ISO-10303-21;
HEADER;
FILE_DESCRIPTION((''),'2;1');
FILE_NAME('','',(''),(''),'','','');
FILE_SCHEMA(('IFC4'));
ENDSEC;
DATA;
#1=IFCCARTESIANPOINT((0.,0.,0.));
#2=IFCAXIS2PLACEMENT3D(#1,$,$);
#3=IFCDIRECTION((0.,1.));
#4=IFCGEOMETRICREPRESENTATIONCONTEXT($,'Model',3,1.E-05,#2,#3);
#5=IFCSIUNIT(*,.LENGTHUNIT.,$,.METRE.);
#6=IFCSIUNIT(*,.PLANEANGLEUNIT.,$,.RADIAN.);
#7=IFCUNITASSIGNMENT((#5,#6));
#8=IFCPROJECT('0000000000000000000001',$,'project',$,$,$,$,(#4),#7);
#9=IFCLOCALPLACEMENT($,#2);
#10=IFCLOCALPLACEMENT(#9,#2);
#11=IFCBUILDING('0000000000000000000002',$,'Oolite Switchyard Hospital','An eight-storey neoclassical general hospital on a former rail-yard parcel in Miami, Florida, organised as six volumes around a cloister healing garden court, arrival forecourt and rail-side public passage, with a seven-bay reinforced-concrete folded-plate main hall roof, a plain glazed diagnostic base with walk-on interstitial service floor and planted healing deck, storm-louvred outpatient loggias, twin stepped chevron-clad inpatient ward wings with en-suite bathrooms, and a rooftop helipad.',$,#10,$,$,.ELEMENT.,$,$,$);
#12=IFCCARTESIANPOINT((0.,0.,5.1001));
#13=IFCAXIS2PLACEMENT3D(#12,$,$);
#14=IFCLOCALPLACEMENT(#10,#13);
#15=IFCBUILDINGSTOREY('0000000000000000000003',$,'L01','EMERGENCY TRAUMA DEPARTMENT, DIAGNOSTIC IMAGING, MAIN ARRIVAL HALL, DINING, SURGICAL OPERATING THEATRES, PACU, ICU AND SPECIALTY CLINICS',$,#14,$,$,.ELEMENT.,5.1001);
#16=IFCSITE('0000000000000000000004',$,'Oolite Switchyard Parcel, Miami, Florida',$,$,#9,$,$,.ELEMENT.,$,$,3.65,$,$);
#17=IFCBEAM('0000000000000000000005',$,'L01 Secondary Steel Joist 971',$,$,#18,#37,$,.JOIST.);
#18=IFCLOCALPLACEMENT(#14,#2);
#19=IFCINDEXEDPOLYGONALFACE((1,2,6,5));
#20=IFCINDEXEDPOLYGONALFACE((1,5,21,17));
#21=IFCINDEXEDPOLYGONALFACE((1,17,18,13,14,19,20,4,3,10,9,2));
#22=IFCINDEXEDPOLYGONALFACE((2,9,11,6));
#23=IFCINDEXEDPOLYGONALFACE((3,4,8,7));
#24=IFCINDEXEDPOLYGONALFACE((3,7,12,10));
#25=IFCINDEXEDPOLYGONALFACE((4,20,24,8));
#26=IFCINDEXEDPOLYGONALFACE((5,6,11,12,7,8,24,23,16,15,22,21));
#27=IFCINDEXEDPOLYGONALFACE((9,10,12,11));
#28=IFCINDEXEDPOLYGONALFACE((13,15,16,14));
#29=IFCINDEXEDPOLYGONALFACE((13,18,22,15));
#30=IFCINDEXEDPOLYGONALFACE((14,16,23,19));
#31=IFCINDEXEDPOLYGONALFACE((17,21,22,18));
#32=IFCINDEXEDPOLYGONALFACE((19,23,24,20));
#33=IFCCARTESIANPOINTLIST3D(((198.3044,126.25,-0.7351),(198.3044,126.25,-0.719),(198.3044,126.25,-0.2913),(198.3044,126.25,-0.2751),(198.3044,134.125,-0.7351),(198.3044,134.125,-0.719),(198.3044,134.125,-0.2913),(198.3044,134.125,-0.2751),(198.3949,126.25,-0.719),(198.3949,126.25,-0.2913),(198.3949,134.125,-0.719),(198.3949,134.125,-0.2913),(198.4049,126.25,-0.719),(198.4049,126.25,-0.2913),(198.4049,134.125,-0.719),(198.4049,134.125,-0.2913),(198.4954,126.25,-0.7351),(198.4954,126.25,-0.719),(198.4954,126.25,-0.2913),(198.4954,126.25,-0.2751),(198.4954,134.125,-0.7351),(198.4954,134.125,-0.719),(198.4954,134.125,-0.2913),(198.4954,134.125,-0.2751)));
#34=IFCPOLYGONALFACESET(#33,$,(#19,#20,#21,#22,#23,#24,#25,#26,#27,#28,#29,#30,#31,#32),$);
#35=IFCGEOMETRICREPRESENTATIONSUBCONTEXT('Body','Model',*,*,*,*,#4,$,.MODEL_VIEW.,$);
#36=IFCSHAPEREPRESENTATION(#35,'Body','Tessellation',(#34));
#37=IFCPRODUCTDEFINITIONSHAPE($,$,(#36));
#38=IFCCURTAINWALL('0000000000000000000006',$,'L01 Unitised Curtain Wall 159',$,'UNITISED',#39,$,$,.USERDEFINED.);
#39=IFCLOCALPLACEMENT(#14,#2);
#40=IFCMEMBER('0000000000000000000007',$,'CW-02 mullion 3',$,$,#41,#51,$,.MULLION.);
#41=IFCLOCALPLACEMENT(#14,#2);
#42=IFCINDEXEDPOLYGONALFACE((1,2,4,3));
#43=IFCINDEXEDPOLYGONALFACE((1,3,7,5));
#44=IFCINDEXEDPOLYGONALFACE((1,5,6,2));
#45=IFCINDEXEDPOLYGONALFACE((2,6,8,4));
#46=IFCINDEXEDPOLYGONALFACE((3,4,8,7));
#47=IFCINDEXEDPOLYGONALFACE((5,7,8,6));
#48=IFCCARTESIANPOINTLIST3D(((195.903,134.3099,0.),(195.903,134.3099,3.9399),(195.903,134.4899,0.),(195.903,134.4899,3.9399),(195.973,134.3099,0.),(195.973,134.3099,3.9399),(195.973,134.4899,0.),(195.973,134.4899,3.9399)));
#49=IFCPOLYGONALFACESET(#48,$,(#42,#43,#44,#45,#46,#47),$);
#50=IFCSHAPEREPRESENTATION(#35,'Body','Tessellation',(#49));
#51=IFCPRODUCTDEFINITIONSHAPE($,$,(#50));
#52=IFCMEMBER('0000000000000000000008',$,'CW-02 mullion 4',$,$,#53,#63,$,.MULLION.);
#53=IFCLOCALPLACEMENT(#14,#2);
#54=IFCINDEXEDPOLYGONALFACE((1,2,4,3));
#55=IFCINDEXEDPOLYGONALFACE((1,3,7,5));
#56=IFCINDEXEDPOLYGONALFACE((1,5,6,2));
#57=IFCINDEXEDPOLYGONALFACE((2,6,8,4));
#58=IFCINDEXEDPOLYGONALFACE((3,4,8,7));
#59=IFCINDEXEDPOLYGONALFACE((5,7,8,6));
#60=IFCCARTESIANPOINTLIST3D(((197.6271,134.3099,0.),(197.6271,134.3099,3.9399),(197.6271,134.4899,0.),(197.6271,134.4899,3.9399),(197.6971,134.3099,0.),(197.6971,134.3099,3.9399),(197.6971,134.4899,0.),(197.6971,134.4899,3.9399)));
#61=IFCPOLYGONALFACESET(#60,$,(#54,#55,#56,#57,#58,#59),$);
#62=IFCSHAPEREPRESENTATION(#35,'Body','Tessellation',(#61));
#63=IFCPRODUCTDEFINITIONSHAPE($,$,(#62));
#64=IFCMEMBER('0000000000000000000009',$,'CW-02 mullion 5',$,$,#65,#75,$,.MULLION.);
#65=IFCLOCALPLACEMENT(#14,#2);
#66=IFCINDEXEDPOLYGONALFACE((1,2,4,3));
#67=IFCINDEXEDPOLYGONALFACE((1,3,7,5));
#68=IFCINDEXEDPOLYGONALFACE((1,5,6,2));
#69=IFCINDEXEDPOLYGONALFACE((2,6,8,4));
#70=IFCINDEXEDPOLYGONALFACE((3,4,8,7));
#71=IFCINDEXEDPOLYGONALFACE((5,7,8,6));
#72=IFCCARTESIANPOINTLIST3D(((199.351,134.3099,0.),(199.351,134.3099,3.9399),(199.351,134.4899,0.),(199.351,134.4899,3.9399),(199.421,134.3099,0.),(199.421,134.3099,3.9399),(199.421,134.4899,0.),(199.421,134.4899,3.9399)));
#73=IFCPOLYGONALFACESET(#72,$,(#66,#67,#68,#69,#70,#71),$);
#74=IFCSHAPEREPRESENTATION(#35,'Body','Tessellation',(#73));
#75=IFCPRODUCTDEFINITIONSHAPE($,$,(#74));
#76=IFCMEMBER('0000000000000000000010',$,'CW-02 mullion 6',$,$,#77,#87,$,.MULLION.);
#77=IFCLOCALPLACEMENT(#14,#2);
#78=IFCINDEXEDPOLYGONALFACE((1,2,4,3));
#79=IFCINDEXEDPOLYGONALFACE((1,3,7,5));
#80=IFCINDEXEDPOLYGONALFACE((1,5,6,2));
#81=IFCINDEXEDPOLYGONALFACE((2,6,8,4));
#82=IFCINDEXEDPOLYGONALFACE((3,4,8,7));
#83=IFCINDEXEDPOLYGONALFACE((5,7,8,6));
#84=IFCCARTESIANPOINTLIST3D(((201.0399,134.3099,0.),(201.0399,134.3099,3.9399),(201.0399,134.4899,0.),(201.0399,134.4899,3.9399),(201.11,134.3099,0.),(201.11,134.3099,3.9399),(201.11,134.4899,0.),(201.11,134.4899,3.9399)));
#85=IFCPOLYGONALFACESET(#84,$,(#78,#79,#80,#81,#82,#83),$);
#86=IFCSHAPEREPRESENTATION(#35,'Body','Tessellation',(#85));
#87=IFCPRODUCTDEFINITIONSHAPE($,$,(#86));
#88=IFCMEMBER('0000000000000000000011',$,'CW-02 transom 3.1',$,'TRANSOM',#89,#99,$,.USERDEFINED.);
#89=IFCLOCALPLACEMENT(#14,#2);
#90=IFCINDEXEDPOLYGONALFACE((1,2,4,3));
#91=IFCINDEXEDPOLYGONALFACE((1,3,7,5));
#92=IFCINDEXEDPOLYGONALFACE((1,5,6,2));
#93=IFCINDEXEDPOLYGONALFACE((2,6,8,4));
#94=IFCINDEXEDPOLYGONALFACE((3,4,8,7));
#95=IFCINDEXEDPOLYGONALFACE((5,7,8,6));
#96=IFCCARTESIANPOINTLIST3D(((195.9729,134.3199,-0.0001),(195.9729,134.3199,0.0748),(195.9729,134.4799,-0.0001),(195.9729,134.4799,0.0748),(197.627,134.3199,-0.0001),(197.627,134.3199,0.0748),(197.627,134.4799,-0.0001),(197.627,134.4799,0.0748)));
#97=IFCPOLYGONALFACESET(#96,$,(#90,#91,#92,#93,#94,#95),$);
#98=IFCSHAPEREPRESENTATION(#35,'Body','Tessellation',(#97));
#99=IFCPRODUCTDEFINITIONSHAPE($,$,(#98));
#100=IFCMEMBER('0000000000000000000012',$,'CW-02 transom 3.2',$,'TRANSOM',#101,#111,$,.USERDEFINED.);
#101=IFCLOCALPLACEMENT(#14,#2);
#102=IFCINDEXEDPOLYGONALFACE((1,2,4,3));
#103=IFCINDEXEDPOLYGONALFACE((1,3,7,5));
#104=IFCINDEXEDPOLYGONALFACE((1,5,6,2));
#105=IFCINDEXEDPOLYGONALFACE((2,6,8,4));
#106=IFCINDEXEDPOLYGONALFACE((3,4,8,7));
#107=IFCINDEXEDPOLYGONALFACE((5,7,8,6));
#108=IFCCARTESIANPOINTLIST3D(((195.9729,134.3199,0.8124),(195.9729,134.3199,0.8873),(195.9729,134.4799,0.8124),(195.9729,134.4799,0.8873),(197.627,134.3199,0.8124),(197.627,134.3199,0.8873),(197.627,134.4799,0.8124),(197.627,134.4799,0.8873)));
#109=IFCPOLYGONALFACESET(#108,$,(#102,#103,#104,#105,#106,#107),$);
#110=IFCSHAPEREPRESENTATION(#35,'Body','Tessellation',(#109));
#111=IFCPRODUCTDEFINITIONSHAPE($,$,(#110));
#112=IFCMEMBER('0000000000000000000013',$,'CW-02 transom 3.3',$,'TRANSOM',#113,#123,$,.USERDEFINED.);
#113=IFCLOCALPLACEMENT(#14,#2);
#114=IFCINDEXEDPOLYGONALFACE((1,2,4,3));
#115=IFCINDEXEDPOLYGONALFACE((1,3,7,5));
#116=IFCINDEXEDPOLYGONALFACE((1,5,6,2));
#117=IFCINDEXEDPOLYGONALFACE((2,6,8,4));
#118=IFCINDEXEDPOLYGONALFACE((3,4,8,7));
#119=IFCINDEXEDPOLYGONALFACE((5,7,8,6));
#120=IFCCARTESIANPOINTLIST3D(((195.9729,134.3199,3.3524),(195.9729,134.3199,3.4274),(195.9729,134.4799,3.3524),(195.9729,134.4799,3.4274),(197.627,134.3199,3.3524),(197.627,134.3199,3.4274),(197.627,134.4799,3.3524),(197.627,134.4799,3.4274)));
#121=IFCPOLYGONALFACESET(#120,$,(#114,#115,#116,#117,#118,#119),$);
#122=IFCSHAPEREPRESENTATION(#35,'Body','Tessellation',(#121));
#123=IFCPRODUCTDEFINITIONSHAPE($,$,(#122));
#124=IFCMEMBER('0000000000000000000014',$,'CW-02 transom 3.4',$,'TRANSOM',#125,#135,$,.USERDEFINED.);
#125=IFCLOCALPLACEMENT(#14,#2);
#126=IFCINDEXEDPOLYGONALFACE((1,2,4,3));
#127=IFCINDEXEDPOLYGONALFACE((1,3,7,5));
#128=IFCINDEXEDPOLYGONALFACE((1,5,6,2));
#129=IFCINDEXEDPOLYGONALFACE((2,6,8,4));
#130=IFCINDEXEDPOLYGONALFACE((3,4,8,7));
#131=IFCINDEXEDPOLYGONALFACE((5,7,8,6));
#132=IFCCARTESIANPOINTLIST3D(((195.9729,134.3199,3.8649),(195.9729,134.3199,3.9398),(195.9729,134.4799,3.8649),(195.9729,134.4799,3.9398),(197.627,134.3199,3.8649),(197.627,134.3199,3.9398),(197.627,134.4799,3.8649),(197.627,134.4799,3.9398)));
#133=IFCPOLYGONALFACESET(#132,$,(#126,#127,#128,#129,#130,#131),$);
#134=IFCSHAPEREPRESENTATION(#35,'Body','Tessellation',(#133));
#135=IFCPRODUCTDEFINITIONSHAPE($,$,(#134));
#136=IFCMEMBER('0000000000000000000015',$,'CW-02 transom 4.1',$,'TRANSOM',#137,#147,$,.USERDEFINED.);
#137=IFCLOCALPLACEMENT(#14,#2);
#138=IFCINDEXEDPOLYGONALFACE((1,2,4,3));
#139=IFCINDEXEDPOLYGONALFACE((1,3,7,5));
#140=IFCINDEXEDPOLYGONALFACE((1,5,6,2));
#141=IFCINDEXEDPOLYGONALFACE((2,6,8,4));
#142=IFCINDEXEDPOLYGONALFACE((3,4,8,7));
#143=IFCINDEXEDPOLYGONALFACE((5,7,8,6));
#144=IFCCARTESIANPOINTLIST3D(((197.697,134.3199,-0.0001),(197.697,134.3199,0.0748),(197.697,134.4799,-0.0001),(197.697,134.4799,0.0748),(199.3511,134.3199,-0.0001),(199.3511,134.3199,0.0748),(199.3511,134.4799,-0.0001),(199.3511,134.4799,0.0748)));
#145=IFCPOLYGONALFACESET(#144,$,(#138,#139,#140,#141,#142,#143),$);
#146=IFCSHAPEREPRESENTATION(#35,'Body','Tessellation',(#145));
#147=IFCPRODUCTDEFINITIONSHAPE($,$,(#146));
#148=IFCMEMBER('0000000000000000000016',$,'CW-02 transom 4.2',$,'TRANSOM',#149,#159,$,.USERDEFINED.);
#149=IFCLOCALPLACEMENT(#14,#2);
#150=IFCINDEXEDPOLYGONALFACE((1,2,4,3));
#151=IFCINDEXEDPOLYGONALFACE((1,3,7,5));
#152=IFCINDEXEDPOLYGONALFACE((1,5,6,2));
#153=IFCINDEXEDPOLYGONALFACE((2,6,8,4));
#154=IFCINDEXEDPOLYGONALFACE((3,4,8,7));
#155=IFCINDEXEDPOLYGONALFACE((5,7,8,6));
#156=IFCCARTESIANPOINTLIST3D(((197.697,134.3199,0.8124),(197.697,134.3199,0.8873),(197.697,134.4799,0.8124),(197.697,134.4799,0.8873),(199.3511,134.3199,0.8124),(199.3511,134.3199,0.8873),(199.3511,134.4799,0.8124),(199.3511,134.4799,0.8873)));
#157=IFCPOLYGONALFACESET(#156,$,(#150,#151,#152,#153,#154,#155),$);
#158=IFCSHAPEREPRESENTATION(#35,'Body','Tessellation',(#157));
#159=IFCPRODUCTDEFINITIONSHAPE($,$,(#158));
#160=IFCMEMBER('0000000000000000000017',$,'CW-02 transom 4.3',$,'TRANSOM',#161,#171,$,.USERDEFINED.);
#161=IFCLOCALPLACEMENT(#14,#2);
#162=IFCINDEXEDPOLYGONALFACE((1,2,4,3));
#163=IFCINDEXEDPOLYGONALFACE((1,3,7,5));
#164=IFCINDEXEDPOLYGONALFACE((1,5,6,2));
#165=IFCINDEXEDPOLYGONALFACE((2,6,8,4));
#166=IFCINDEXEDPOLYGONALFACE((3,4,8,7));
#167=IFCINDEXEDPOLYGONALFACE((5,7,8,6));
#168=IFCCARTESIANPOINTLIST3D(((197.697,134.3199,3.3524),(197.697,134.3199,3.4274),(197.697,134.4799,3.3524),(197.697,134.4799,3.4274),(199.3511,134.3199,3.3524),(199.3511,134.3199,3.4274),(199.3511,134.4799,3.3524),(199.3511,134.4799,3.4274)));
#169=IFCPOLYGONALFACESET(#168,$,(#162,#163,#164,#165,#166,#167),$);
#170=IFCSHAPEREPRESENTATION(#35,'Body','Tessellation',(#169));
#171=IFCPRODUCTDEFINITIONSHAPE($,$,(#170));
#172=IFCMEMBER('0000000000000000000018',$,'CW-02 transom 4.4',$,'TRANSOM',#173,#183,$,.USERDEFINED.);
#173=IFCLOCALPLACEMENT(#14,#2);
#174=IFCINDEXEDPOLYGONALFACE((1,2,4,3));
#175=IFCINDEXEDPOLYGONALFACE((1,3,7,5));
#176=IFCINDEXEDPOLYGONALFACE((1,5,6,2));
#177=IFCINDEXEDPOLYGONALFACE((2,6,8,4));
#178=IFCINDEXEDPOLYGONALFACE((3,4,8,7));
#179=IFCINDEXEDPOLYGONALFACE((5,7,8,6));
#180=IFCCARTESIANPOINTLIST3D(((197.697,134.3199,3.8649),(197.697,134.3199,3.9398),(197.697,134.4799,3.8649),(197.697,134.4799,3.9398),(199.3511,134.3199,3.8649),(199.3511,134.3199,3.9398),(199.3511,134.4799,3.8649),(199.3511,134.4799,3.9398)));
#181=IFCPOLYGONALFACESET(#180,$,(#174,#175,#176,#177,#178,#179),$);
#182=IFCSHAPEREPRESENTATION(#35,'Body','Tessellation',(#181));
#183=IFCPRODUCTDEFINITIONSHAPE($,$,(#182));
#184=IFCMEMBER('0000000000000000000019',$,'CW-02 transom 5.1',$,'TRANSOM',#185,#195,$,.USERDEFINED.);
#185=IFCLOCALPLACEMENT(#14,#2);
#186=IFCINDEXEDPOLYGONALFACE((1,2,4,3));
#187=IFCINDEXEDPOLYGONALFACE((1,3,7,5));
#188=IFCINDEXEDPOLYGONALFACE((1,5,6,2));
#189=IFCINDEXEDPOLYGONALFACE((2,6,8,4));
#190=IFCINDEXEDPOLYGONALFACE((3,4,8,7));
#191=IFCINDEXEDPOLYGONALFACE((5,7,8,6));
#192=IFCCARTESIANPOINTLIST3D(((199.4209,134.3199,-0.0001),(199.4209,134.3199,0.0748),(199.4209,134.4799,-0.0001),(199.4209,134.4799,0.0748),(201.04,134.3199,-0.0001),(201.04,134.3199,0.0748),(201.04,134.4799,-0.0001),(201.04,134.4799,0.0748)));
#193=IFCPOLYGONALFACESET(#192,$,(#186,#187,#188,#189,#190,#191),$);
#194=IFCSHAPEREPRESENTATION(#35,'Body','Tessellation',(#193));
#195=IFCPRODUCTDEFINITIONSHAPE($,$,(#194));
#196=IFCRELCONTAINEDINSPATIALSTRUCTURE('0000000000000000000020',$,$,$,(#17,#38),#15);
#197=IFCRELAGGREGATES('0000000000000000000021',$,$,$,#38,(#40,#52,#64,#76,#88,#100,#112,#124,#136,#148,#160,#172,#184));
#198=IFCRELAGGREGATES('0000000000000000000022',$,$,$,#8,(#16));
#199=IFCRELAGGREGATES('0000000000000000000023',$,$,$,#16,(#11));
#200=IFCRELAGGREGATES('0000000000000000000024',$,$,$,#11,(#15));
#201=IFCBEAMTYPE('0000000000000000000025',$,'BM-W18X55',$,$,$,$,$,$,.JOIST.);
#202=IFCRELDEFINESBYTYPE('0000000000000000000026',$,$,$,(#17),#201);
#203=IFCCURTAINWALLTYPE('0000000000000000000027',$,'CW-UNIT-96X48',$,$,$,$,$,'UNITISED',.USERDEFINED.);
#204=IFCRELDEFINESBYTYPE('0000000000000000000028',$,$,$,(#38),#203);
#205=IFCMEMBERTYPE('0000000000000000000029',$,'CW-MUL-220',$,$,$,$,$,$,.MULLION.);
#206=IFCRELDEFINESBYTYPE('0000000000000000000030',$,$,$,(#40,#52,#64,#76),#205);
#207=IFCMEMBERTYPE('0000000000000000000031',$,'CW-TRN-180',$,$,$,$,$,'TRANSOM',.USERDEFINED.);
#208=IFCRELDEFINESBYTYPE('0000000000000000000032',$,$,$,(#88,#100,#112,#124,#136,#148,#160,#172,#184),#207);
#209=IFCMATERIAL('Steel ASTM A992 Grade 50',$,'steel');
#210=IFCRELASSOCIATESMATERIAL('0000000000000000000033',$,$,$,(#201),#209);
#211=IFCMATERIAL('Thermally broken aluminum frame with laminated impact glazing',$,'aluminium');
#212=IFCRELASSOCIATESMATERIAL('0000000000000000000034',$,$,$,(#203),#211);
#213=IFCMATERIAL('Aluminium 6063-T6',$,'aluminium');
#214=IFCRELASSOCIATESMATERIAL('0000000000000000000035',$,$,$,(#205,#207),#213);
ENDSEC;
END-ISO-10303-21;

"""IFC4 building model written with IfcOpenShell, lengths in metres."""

from ifc_helpers import new_model, si_unit, direction, frame, origin, origin_2d, place, context, subcontext, project, spatial, rectangle, i_section, extrude, material, material_profile, profile_set, type_object, element, aggregate, save


model = new_model("IFC4")

# Units and contexts
model_context = context("Model", 3, precision=1e-05, world=origin(), true_north=direction((0.0, 1.0)))
body_context = subcontext(model_context, "Body", "Model", "MODEL_VIEW")
ifc_project = project(units=[si_unit("LENGTHUNIT", "METRE"), si_unit("PLANEANGLEUNIT", "RADIAN")], contexts=[model_context])

# Site, building, storey
site_placement = place(None, origin())
site = spatial("IfcSite", under=ifc_project, at=site_placement, Name="Oolite Switchyard Parcel, Miami, Florida", CompositionType="ELEMENT", RefElevation=3.65)
building_placement = place(site_placement, origin())
building = spatial("IfcBuilding", under=site, at=building_placement, Name="Oolite Switchyard Hospital", Description="An eight-storey neoclassical general hospital on a former rail-yard parcel in Miami, Florida, organised as six volumes around a cloister healing garden court, arrival forecourt and rail-side public passage, with a seven-bay reinforced-concrete folded-plate main hall roof, a plain glazed diagnostic base with walk-on interstitial service floor and planted healing deck, storm-louvred outpatient loggias, twin stepped chevron-clad inpatient ward wings with en-suite bathrooms, and a rooftop helipad.", CompositionType="ELEMENT")
storey_placement = place(building_placement, frame((0.0, 0.0, 5.1001)))
storey = spatial("IfcBuildingStorey", under=building, at=storey_placement, Name="L01", Description="EMERGENCY TRAUMA DEPARTMENT, DIAGNOSTIC IMAGING, MAIN ARRIVAL HALL, DINING, SURGICAL OPERATING THEATRES, PACU, ICU AND SPECIALTY CLINICS", CompositionType="ELEMENT", Elevation=5.1001)

# Beam
ifc_material_1 = material(Name="Steel ASTM A992 Grade 50", Category="steel")
ifc_material_profile_1 = material_profile(ifc_material_1, i_section(OverallWidth=0.1909, OverallDepth=0.46, WebThickness=0.01, FlangeThickness=0.0161, at=origin_2d()), Name="W18X55")
ifc_profile_set_1 = profile_set([ifc_material_profile_1], Name="Steel ASTM A992 Grade 50")
beam_type = type_object("IfcBeamType", Name="BM-W18X55", PredefinedType="JOIST", material=ifc_profile_set_1)
beam_placement = place(storey_placement, frame((198.3999, 126.25, -0.5051), z_axis=(0.0, 1.0, 0.0), x_axis=(-1.0, 0.0, 0.0)))
element("IfcBeam", 1, at=beam_placement, inside=storey, type_object=beam_type, Name="L01 Secondary Steel Joist 971", PredefinedType="JOIST", context=body_context, shape_type="SweptSolid", body=[
    extrude(i_section(OverallWidth=0.1909, OverallDepth=0.46, WebThickness=0.01, FlangeThickness=0.0161, at=origin_2d()), origin(), (0.0, 0.0, 1.0), 7.875),
])

# Curtain wall, members
ifc_material_2 = material(Name="Thermally broken aluminum frame with laminated impact glazing", Category="aluminium")
curtain_wall_type = type_object("IfcCurtainWallType", Name="CW-UNIT-96X48", ElementType="UNITISED", PredefinedType="USERDEFINED", material=ifc_material_2)
curtain_wall_placement = place(storey_placement, origin())
curtain_wall = element("IfcCurtainWall", 2, at=curtain_wall_placement, inside=storey, type_object=curtain_wall_type, Name="L01 Unitised Curtain Wall 159", ObjectType="UNITISED", PredefinedType="USERDEFINED")
ifc_material_3 = material(Name="Aluminium 6063-T6", Category="aluminium")
ifc_material_profile_2 = material_profile(ifc_material_3, rectangle(XDim=0.1799, YDim=0.0701, at=origin_2d()), Name="CWM70X180")
ifc_profile_set_2 = profile_set([ifc_material_profile_2], Name="Aluminium 6063-T6")
member_type_1 = type_object("IfcMemberType", Name="CW-MUL-220", PredefinedType="MULLION", material=ifc_profile_set_2)
member_1_placement = place(storey_placement, frame((195.938, 134.3999, 0.0), z_axis=(0.0, 0.0, 1.0), x_axis=(0.0, 1.0, 0.0)))
member_1 = element("IfcMember", 3, at=member_1_placement, type_object=member_type_1, Name="CW-02 mullion 3", PredefinedType="MULLION", context=body_context, shape_type="SweptSolid", body=[
    extrude(rectangle(XDim=0.1799, YDim=0.0701, at=origin_2d()), origin(), (0.0, 0.0, 1.0), 3.9399),
])
member_2_placement = place(storey_placement, frame((197.6621, 134.3999, 0.0), z_axis=(0.0, 0.0, 1.0), x_axis=(0.0, 1.0, 0.0)))
member_2 = element("IfcMember", 4, at=member_2_placement, type_object=member_type_1, Name="CW-02 mullion 4", PredefinedType="MULLION", context=body_context, shape_type="SweptSolid", body=[
    extrude(rectangle(XDim=0.1799, YDim=0.0701, at=origin_2d()), origin(), (0.0, 0.0, 1.0), 3.9399),
])
member_3_placement = place(storey_placement, frame((199.386, 134.3999, 0.0), z_axis=(0.0, 0.0, 1.0), x_axis=(0.0, 1.0, 0.0)))
member_3 = element("IfcMember", 5, at=member_3_placement, type_object=member_type_1, Name="CW-02 mullion 5", PredefinedType="MULLION", context=body_context, shape_type="SweptSolid", body=[
    extrude(rectangle(XDim=0.1799, YDim=0.0701, at=origin_2d()), origin(), (0.0, 0.0, 1.0), 3.9399),
])
member_4_placement = place(storey_placement, frame((201.075, 134.3999, 0.0), z_axis=(0.0, 0.0, 1.0), x_axis=(0.0, 1.0, 0.0)))
member_4 = element("IfcMember", 6, at=member_4_placement, type_object=member_type_1, Name="CW-02 mullion 6", PredefinedType="MULLION", context=body_context, shape_type="SweptSolid", body=[
    extrude(rectangle(XDim=0.1799, YDim=0.0701, at=origin_2d()), origin(), (0.0, 0.0, 1.0), 3.9399),
])
ifc_material_profile_3 = material_profile(ifc_material_3, rectangle(XDim=0.1599, YDim=0.075, at=origin_2d()), Name="CWT75X160")
ifc_profile_set_3 = profile_set([ifc_material_profile_3], Name="Aluminium 6063-T6")
member_type_2 = type_object("IfcMemberType", Name="CW-TRN-180", ElementType="TRANSOM", PredefinedType="USERDEFINED", material=ifc_profile_set_3)
member_5_placement = place(storey_placement, frame((195.9729, 134.3999, 0.0374), z_axis=(1.0, 0.0, 0.0), x_axis=(0.0, 1.0, 0.0)))
member_5 = element("IfcMember", 7, at=member_5_placement, type_object=member_type_2, Name="CW-02 transom 3.1", ObjectType="TRANSOM", PredefinedType="USERDEFINED", context=body_context, shape_type="SweptSolid", body=[
    extrude(rectangle(XDim=0.1599, YDim=0.075, at=origin_2d()), origin(), (0.0, 0.0, 1.0), 1.6541),
])
member_6_placement = place(storey_placement, frame((195.9729, 134.3999, 0.8499), z_axis=(1.0, 0.0, 0.0), x_axis=(0.0, 1.0, 0.0)))
member_6 = element("IfcMember", 8, at=member_6_placement, type_object=member_type_2, Name="CW-02 transom 3.2", ObjectType="TRANSOM", PredefinedType="USERDEFINED", context=body_context, shape_type="SweptSolid", body=[
    extrude(rectangle(XDim=0.1599, YDim=0.075, at=origin_2d()), origin(), (0.0, 0.0, 1.0), 1.6541),
])
member_7_placement = place(storey_placement, frame((195.9729, 134.3999, 3.3899), z_axis=(1.0, 0.0, 0.0), x_axis=(0.0, 1.0, 0.0)))
member_7 = element("IfcMember", 9, at=member_7_placement, type_object=member_type_2, Name="CW-02 transom 3.3", ObjectType="TRANSOM", PredefinedType="USERDEFINED", context=body_context, shape_type="SweptSolid", body=[
    extrude(rectangle(XDim=0.1599, YDim=0.075, at=origin_2d()), origin(), (0.0, 0.0, 1.0), 1.6541),
])
member_8_placement = place(storey_placement, frame((195.9729, 134.3999, 3.9023), z_axis=(1.0, 0.0, 0.0), x_axis=(0.0, 1.0, 0.0)))
member_8 = element("IfcMember", 10, at=member_8_placement, type_object=member_type_2, Name="CW-02 transom 3.4", ObjectType="TRANSOM", PredefinedType="USERDEFINED", context=body_context, shape_type="SweptSolid", body=[
    extrude(rectangle(XDim=0.1599, YDim=0.075, at=origin_2d()), origin(), (0.0, 0.0, 1.0), 1.6541),
])
member_9_placement = place(storey_placement, frame((197.697, 134.3999, 0.0374), z_axis=(1.0, 0.0, 0.0), x_axis=(0.0, 1.0, 0.0)))
member_9 = element("IfcMember", 11, at=member_9_placement, type_object=member_type_2, Name="CW-02 transom 4.1", ObjectType="TRANSOM", PredefinedType="USERDEFINED", context=body_context, shape_type="SweptSolid", body=[
    extrude(rectangle(XDim=0.1599, YDim=0.075, at=origin_2d()), origin(), (0.0, 0.0, 1.0), 1.6541),
])
member_10_placement = place(storey_placement, frame((197.697, 134.3999, 0.8499), z_axis=(1.0, 0.0, 0.0), x_axis=(0.0, 1.0, 0.0)))
member_10 = element("IfcMember", 12, at=member_10_placement, type_object=member_type_2, Name="CW-02 transom 4.2", ObjectType="TRANSOM", PredefinedType="USERDEFINED", context=body_context, shape_type="SweptSolid", body=[
    extrude(rectangle(XDim=0.1599, YDim=0.075, at=origin_2d()), origin(), (0.0, 0.0, 1.0), 1.6541),
])
member_11_placement = place(storey_placement, frame((197.697, 134.3999, 3.3899), z_axis=(1.0, 0.0, 0.0), x_axis=(0.0, 1.0, 0.0)))
member_11 = element("IfcMember", 13, at=member_11_placement, type_object=member_type_2, Name="CW-02 transom 4.3", ObjectType="TRANSOM", PredefinedType="USERDEFINED", context=body_context, shape_type="SweptSolid", body=[
    extrude(rectangle(XDim=0.1599, YDim=0.075, at=origin_2d()), origin(), (0.0, 0.0, 1.0), 1.6541),
])
member_12_placement = place(storey_placement, frame((197.697, 134.3999, 3.9023), z_axis=(1.0, 0.0, 0.0), x_axis=(0.0, 1.0, 0.0)))
member_12 = element("IfcMember", 14, at=member_12_placement, type_object=member_type_2, Name="CW-02 transom 4.4", ObjectType="TRANSOM", PredefinedType="USERDEFINED", context=body_context, shape_type="SweptSolid", body=[
    extrude(rectangle(XDim=0.1599, YDim=0.075, at=origin_2d()), origin(), (0.0, 0.0, 1.0), 1.6541),
])
member_13_placement = place(storey_placement, frame((199.4209, 134.3999, 0.0374), z_axis=(1.0, 0.0, 0.0), x_axis=(0.0, 1.0, 0.0)))
member_13 = element("IfcMember", 15, at=member_13_placement, type_object=member_type_2, Name="CW-02 transom 5.1", ObjectType="TRANSOM", PredefinedType="USERDEFINED", context=body_context, shape_type="SweptSolid", body=[
    extrude(rectangle(XDim=0.1599, YDim=0.075, at=origin_2d()), origin(), (0.0, 0.0, 1.0), 1.6191),
])
aggregate(curtain_wall, [member_1, member_2, member_3, member_4, member_5, member_6, member_7, member_8, member_9, member_10, member_11, member_12, member_13])

save(model, "model.ifc")
